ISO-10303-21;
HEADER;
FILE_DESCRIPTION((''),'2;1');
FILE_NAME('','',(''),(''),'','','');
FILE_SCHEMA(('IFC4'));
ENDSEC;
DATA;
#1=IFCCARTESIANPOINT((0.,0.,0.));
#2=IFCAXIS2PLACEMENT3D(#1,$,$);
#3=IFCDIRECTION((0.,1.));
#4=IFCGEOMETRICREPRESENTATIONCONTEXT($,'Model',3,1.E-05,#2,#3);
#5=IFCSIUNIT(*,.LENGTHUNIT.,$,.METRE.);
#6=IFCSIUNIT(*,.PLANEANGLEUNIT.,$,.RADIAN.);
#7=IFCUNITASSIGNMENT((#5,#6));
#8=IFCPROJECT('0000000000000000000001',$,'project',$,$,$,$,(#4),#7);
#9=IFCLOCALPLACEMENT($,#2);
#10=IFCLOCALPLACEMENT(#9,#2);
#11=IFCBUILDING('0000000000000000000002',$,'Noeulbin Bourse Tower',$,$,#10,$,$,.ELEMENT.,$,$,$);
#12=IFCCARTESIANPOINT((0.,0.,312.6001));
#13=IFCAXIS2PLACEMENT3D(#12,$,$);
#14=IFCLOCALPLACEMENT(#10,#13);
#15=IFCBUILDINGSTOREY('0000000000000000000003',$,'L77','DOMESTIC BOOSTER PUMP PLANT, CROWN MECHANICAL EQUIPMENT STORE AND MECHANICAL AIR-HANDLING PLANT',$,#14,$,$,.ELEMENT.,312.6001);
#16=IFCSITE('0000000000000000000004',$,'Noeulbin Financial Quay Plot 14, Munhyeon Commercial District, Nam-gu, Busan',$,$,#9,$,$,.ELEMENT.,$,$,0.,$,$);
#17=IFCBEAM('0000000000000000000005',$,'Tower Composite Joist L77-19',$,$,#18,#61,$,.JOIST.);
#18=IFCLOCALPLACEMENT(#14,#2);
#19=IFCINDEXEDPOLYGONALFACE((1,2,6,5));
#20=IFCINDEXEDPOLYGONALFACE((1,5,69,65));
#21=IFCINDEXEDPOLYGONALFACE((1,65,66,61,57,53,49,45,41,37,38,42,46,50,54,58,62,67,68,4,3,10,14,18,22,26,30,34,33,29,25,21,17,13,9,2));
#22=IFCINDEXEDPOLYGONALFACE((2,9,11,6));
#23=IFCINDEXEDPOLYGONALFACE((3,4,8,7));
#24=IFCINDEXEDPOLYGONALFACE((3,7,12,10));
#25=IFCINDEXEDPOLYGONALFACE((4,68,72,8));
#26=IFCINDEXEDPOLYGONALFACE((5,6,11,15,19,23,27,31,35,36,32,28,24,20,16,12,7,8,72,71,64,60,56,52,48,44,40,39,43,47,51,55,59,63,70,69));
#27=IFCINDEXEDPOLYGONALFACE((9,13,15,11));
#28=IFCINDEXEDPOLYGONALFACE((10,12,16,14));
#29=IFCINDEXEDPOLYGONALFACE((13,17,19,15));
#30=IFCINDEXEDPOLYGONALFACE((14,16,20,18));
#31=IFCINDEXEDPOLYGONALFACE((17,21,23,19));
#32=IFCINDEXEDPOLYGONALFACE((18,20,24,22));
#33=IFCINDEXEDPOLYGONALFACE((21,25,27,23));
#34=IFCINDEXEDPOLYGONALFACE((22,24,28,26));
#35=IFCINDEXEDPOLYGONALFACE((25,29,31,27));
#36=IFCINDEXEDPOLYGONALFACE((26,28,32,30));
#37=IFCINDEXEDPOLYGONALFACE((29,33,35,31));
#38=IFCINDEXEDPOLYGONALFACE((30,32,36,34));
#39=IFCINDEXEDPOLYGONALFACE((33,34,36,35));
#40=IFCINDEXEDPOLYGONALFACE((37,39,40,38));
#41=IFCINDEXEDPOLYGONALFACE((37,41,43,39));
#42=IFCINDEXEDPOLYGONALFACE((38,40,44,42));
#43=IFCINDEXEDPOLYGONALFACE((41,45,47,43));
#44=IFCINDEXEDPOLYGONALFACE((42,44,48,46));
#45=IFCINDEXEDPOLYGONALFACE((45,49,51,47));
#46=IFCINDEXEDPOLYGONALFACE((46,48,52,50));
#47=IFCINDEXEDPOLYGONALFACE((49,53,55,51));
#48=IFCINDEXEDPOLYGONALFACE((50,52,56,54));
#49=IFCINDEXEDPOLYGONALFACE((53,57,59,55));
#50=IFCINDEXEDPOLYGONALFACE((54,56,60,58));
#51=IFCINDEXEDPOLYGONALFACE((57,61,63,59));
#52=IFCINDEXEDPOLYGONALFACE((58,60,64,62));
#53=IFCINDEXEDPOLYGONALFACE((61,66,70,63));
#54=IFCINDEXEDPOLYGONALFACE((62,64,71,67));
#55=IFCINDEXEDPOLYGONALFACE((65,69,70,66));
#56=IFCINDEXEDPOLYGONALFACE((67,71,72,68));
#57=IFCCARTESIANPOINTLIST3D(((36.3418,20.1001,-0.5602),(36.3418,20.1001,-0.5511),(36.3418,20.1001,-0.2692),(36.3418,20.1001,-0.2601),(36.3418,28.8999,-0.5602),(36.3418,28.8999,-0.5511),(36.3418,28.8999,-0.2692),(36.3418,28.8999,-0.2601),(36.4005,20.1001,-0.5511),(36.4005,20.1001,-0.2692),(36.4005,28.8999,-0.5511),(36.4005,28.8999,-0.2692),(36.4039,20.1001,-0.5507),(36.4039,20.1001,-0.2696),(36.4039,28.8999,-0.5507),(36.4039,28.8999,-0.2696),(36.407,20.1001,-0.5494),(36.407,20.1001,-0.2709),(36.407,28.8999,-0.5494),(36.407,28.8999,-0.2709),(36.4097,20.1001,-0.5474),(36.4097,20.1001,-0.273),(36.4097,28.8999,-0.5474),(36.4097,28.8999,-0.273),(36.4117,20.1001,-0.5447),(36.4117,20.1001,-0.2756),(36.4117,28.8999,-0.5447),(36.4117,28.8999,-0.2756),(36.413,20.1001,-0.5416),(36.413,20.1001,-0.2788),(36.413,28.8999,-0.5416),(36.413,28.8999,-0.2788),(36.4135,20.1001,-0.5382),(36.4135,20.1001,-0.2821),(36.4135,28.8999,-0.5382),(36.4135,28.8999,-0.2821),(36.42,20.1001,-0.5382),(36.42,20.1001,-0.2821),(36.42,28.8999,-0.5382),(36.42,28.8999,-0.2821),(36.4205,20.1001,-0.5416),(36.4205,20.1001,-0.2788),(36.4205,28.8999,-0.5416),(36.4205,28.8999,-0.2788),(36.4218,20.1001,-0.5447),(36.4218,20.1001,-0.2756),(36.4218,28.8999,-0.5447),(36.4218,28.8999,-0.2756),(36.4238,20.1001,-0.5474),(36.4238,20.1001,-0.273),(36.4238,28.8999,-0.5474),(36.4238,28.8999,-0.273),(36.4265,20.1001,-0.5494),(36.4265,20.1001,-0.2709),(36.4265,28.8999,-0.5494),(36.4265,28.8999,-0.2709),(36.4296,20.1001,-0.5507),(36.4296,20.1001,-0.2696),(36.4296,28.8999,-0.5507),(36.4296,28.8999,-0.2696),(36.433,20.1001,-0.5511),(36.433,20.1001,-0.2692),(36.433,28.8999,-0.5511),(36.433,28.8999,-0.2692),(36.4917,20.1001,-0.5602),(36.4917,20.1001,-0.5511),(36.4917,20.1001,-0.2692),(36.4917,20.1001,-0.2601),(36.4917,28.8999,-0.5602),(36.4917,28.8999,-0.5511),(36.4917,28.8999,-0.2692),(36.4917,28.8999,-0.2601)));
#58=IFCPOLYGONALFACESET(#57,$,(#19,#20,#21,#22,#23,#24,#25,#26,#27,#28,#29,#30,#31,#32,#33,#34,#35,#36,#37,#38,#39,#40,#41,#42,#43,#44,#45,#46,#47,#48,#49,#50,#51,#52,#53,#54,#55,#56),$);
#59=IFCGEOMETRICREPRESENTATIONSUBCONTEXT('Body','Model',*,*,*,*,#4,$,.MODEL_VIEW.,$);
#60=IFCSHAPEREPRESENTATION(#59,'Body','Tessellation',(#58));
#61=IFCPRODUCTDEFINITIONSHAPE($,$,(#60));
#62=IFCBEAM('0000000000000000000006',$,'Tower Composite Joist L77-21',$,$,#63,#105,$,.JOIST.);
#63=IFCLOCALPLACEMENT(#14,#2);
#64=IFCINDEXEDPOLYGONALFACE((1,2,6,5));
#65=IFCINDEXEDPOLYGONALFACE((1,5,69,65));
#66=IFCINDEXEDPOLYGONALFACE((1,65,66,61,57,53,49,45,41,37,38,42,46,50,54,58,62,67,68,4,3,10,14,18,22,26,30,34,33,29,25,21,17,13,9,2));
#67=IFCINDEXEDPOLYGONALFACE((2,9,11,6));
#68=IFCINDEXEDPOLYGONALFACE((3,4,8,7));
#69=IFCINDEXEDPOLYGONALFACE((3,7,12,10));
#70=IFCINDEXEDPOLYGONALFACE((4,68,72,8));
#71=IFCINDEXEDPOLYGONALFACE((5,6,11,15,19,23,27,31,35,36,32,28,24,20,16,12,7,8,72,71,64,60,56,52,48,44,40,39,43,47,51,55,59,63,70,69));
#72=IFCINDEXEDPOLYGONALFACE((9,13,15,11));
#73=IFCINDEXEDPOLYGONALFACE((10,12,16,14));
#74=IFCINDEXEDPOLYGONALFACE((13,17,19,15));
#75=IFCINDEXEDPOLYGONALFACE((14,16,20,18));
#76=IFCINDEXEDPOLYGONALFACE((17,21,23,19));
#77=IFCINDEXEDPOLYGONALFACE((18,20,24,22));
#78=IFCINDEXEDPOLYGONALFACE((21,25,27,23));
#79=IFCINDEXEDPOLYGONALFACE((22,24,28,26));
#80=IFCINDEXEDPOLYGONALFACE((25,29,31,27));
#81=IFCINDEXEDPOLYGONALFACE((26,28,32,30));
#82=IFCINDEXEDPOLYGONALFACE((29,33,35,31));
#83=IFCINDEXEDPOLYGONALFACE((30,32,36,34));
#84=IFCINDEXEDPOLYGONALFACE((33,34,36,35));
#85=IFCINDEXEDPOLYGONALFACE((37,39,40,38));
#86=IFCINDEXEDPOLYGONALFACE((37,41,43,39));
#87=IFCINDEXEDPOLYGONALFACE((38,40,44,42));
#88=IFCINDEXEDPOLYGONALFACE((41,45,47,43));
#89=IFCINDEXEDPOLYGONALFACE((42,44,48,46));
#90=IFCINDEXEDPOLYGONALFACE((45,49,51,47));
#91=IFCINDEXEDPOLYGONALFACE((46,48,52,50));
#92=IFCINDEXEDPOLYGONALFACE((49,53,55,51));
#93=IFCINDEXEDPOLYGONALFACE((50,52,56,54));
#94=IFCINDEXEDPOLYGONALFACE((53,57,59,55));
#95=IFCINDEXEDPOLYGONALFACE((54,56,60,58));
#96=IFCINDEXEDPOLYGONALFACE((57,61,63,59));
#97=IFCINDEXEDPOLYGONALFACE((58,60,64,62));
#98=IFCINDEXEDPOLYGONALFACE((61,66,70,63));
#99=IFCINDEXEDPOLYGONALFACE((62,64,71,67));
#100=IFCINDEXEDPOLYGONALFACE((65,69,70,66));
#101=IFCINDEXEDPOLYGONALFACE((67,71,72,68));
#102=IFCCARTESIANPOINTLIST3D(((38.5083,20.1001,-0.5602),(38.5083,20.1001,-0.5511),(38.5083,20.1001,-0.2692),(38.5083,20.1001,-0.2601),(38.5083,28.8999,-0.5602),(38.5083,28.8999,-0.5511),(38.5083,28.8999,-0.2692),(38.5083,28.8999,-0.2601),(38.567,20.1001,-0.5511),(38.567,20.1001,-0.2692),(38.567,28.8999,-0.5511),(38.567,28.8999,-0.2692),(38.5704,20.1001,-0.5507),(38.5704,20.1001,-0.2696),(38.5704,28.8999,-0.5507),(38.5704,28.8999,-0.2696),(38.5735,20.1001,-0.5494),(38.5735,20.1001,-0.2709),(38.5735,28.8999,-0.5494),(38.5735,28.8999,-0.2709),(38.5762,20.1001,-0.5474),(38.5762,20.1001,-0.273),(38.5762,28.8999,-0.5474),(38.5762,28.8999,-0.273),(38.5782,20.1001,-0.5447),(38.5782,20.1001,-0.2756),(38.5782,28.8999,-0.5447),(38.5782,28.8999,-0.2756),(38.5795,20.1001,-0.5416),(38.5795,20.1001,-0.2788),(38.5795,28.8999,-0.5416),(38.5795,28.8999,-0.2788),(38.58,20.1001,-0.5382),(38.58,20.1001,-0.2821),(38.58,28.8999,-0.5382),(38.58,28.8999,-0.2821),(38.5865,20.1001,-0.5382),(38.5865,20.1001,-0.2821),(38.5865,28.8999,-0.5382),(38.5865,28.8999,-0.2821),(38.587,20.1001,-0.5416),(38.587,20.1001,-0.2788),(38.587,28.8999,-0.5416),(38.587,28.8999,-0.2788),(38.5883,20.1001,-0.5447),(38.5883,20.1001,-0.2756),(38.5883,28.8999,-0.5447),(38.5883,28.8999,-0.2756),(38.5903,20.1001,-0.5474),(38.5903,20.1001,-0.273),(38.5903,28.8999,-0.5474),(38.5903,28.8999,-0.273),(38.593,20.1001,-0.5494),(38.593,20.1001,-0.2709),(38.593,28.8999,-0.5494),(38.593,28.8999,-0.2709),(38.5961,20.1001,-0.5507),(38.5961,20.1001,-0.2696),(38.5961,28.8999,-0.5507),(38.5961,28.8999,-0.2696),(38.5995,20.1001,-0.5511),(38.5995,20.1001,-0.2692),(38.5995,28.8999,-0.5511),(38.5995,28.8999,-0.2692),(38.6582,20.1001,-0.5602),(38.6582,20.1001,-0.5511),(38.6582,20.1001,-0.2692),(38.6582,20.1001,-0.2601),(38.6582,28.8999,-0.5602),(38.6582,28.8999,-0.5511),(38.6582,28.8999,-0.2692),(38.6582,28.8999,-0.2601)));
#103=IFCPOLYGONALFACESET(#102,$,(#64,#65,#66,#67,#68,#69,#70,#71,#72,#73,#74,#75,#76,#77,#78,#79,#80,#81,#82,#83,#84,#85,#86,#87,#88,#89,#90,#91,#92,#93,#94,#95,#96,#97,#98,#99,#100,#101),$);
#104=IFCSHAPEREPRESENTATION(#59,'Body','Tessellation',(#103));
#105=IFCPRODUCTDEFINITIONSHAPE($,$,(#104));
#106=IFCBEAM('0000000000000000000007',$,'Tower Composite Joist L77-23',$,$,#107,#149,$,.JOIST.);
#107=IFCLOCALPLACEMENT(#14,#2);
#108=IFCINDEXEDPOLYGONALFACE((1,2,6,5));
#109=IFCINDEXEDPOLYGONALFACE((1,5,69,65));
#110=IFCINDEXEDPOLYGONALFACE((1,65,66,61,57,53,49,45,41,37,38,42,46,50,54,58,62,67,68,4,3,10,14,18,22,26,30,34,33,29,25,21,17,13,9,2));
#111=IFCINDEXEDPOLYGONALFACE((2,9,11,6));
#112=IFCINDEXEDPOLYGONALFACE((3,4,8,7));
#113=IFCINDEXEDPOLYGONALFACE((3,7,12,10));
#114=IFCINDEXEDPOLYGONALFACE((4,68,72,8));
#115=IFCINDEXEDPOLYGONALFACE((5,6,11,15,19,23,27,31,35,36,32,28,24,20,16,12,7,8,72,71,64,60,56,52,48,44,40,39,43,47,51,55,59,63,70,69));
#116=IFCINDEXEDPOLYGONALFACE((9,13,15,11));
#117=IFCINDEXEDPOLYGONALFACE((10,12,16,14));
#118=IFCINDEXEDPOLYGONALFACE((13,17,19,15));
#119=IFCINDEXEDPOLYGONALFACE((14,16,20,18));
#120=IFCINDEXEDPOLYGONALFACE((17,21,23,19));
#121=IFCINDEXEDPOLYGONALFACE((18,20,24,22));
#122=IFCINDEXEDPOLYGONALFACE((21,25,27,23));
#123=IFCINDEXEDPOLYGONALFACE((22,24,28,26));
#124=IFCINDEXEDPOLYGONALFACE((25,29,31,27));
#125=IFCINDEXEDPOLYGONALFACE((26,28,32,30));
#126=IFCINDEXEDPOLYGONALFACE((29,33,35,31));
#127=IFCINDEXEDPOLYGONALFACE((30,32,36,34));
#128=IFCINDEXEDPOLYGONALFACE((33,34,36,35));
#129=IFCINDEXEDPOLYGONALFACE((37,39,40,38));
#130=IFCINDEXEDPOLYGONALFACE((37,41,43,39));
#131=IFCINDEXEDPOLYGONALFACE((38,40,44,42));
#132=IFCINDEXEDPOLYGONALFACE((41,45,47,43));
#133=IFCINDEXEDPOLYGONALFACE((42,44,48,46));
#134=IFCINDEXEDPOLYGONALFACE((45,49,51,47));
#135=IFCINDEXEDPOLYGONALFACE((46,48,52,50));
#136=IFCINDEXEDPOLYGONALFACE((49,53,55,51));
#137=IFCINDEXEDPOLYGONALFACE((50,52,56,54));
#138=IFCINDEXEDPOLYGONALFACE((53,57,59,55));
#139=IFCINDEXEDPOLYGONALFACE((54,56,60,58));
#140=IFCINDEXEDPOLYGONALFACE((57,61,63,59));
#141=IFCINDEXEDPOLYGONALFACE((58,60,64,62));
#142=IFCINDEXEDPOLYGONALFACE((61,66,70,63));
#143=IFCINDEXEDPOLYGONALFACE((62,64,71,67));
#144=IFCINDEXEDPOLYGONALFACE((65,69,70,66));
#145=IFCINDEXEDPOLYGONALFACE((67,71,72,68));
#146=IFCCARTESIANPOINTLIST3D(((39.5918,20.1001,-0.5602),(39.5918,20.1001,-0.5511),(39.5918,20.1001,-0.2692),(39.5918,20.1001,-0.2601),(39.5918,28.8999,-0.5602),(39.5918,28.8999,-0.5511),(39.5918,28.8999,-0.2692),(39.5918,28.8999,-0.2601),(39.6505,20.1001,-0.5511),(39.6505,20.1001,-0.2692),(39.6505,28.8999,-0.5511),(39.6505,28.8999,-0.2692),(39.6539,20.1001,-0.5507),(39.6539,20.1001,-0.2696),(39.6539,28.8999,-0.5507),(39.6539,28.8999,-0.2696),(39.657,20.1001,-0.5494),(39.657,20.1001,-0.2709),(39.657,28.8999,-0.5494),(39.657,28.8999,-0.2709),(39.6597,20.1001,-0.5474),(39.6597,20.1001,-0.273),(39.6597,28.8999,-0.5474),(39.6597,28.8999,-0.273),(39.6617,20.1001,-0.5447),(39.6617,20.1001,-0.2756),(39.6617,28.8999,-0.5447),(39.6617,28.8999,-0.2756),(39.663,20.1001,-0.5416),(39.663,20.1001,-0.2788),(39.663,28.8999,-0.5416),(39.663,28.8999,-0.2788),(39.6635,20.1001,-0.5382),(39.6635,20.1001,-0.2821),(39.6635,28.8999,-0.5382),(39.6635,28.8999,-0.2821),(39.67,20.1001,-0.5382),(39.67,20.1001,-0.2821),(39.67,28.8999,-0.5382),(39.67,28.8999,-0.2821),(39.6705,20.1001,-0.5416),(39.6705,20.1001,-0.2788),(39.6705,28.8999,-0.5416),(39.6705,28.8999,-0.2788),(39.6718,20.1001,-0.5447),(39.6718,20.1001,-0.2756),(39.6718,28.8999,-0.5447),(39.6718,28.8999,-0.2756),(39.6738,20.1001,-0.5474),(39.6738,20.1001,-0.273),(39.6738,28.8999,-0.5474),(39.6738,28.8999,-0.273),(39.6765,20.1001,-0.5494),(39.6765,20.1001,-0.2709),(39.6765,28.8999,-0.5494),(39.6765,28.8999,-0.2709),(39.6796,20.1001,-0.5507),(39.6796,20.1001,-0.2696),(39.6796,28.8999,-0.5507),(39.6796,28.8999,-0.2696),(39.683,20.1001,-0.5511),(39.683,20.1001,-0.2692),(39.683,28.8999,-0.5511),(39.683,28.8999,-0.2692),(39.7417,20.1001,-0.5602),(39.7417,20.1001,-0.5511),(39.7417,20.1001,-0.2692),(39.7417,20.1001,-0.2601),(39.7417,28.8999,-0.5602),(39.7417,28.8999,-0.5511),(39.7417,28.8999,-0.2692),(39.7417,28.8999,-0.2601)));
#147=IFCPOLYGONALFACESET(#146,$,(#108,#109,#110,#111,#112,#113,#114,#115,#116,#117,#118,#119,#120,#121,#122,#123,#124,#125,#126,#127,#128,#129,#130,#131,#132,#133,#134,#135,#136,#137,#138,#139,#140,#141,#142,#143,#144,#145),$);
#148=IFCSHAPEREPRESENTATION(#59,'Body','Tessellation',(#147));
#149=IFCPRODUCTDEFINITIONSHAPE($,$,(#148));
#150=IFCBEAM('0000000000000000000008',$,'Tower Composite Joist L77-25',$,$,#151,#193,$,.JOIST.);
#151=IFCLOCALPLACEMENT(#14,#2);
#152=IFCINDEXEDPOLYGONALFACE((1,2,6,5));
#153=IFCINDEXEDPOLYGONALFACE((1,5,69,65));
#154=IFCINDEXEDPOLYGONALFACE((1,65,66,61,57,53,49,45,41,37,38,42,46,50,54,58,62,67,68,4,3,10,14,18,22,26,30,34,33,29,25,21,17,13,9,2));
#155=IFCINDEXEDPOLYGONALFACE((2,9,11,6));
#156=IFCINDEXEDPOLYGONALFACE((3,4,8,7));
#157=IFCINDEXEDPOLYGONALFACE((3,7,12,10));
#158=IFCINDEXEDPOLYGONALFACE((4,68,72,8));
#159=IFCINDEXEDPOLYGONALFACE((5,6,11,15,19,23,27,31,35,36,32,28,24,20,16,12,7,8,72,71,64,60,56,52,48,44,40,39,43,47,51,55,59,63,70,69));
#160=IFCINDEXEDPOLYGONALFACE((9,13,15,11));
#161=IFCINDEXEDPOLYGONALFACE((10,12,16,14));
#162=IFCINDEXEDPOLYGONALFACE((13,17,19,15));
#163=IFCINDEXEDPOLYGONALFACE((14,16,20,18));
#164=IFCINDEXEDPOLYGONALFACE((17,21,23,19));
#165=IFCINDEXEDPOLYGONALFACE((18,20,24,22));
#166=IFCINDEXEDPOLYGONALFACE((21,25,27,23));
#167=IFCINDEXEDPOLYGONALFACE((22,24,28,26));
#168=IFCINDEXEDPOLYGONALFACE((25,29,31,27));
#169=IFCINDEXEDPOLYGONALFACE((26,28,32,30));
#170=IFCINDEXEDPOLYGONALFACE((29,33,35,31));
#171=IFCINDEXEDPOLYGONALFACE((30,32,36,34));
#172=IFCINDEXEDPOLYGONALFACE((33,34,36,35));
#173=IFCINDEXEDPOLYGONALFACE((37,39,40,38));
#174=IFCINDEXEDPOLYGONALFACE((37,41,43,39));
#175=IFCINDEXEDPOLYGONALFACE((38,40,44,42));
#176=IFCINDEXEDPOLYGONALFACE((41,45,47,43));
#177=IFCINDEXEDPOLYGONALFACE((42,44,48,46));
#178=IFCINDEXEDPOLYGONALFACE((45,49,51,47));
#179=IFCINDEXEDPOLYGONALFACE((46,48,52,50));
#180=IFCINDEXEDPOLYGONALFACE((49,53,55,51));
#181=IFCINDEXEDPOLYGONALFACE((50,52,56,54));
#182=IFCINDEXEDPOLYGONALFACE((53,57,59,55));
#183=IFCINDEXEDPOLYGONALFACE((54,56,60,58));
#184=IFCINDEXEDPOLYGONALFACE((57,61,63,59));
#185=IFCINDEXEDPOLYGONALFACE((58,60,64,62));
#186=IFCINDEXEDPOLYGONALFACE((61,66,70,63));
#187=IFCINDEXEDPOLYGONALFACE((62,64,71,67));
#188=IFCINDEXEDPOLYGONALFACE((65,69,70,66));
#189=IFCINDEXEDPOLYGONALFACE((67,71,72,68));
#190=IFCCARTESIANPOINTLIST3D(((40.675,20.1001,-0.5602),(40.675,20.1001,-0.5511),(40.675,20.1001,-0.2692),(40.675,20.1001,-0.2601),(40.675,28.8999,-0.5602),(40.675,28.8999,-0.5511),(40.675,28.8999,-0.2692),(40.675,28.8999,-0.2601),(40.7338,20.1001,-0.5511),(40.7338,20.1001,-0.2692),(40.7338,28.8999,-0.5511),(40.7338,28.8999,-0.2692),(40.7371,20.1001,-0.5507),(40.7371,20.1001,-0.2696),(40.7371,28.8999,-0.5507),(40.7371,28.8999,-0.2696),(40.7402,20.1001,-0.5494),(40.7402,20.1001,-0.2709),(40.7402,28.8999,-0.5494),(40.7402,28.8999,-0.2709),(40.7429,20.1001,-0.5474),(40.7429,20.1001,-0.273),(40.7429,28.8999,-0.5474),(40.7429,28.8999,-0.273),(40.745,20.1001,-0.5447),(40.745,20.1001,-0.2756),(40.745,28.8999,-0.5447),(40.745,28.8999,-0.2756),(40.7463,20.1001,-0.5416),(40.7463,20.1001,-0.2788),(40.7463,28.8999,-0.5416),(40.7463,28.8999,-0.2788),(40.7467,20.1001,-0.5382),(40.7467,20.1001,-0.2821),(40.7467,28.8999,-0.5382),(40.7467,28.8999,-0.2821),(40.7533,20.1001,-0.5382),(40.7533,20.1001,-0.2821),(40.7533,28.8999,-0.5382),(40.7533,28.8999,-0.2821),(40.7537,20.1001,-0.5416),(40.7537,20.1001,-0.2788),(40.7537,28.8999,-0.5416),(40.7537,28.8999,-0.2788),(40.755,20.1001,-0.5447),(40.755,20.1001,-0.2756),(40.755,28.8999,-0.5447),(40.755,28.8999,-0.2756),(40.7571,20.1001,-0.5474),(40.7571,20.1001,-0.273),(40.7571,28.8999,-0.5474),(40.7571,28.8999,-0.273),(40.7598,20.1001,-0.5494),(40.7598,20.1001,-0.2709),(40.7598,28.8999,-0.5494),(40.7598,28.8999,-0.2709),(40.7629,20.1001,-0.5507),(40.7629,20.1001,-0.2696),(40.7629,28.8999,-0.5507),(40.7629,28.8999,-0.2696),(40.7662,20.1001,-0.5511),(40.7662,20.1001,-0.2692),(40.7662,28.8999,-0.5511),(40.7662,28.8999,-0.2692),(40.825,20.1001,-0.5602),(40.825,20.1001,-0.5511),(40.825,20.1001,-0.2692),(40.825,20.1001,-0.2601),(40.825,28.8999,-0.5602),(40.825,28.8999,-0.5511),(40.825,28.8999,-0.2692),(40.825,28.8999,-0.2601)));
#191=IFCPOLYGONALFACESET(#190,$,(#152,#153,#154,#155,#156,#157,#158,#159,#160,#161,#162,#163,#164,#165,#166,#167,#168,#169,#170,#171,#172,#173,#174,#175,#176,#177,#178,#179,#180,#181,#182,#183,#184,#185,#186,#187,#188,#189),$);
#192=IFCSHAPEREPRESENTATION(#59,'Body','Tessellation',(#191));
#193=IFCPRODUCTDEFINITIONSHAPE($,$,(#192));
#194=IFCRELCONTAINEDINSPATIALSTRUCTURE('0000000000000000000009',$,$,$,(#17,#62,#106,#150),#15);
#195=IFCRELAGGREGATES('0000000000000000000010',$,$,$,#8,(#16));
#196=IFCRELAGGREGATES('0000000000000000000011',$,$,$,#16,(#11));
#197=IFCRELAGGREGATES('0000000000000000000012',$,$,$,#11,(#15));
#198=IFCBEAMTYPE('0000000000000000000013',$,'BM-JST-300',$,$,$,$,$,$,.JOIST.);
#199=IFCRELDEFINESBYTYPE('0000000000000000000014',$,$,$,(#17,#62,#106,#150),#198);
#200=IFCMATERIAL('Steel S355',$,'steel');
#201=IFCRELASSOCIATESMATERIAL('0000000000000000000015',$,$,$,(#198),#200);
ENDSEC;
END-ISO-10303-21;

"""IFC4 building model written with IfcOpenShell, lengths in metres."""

from ifc_helpers import new_model, si_unit, direction, frame, origin, origin_2d, place, context, subcontext, project, spatial, i_section, extrude, material, material_profile, profile_set, type_object, element, save


model = new_model("IFC4")

# Units and contexts
model_context = context("Model", 3, precision=1e-05, world=origin(), true_north=direction((0.0, 1.0)))
body_context = subcontext(model_context, "Body", "Model", "MODEL_VIEW")
ifc_project = project(units=[si_unit("LENGTHUNIT", "METRE"), si_unit("PLANEANGLEUNIT", "RADIAN")], contexts=[model_context])

# Site, building, storey
site_placement = place(None, origin())
site = spatial("IfcSite", under=ifc_project, at=site_placement, Name="Noeulbin Financial Quay Plot 14, Munhyeon Commercial District, Nam-gu, Busan", CompositionType="ELEMENT", RefElevation=0.0)
building_placement = place(site_placement, origin())
building = spatial("IfcBuilding", under=site, at=building_placement, Name="Noeulbin Bourse Tower", CompositionType="ELEMENT")
storey_placement = place(building_placement, frame((0.0, 0.0, 312.6001)))
storey = spatial("IfcBuildingStorey", under=building, at=storey_placement, Name="L77", Description="DOMESTIC BOOSTER PUMP PLANT, CROWN MECHANICAL EQUIPMENT STORE AND MECHANICAL AIR-HANDLING PLANT", CompositionType="ELEMENT", Elevation=312.6001)

# Shared definitions
ifc_material_1 = material(Name="Steel S355", Category="steel")

# Beams
ifc_material_profile_1 = material_profile(ifc_material_1, i_section(OverallWidth=0.1499, OverallDepth=0.3, WebThickness=0.0066, FlangeThickness=0.009, FilletRadius=0.0129, at=origin_2d()), Name="H-300x150x6.5x9", Category="LoadBearing")
ifc_profile_set_1 = profile_set([ifc_material_profile_1], Name="Steel S355")
beam_type_1 = type_object("IfcBeamType", Name="BM-JST-300", PredefinedType="JOIST", material=ifc_profile_set_1)
for number, where, z_axis, x_axis, name in (
    (1, (36.4167, 20.1001, -0.4102), (0.0, 1.0, 0.0), (-1.0, 0.0, 0.0), "Tower Composite Joist L77-19"),
    (2, (38.5833, 20.1001, -0.4102), (0.0, 1.0, 0.0), (-1.0, 0.0, 0.0), "Tower Composite Joist L77-21"),
    (3, (39.6667, 20.1001, -0.4102), (0.0, 1.0, 0.0), (-1.0, 0.0, 0.0), "Tower Composite Joist L77-23"),
    (4, (40.75, 20.1001, -0.4102), (0.0, 1.0, 0.0), (-1.0, 0.0, 0.0), "Tower Composite Joist L77-25"),
):
    element("IfcBeam", number, at=place(storey_placement, frame(where, z_axis=z_axis, x_axis=x_axis)), inside=storey, type_object=beam_type_1, Name=name, PredefinedType="JOIST", context=body_context, shape_type="SweptSolid", body=[
        extrude(i_section(OverallWidth=0.1499, OverallDepth=0.3, WebThickness=0.0066, FlangeThickness=0.009, FilletRadius=0.0129, at=origin_2d()), origin(), (0.0, 0.0, 1.0), 8.7998),
    ])

save(model, "model.ifc")
